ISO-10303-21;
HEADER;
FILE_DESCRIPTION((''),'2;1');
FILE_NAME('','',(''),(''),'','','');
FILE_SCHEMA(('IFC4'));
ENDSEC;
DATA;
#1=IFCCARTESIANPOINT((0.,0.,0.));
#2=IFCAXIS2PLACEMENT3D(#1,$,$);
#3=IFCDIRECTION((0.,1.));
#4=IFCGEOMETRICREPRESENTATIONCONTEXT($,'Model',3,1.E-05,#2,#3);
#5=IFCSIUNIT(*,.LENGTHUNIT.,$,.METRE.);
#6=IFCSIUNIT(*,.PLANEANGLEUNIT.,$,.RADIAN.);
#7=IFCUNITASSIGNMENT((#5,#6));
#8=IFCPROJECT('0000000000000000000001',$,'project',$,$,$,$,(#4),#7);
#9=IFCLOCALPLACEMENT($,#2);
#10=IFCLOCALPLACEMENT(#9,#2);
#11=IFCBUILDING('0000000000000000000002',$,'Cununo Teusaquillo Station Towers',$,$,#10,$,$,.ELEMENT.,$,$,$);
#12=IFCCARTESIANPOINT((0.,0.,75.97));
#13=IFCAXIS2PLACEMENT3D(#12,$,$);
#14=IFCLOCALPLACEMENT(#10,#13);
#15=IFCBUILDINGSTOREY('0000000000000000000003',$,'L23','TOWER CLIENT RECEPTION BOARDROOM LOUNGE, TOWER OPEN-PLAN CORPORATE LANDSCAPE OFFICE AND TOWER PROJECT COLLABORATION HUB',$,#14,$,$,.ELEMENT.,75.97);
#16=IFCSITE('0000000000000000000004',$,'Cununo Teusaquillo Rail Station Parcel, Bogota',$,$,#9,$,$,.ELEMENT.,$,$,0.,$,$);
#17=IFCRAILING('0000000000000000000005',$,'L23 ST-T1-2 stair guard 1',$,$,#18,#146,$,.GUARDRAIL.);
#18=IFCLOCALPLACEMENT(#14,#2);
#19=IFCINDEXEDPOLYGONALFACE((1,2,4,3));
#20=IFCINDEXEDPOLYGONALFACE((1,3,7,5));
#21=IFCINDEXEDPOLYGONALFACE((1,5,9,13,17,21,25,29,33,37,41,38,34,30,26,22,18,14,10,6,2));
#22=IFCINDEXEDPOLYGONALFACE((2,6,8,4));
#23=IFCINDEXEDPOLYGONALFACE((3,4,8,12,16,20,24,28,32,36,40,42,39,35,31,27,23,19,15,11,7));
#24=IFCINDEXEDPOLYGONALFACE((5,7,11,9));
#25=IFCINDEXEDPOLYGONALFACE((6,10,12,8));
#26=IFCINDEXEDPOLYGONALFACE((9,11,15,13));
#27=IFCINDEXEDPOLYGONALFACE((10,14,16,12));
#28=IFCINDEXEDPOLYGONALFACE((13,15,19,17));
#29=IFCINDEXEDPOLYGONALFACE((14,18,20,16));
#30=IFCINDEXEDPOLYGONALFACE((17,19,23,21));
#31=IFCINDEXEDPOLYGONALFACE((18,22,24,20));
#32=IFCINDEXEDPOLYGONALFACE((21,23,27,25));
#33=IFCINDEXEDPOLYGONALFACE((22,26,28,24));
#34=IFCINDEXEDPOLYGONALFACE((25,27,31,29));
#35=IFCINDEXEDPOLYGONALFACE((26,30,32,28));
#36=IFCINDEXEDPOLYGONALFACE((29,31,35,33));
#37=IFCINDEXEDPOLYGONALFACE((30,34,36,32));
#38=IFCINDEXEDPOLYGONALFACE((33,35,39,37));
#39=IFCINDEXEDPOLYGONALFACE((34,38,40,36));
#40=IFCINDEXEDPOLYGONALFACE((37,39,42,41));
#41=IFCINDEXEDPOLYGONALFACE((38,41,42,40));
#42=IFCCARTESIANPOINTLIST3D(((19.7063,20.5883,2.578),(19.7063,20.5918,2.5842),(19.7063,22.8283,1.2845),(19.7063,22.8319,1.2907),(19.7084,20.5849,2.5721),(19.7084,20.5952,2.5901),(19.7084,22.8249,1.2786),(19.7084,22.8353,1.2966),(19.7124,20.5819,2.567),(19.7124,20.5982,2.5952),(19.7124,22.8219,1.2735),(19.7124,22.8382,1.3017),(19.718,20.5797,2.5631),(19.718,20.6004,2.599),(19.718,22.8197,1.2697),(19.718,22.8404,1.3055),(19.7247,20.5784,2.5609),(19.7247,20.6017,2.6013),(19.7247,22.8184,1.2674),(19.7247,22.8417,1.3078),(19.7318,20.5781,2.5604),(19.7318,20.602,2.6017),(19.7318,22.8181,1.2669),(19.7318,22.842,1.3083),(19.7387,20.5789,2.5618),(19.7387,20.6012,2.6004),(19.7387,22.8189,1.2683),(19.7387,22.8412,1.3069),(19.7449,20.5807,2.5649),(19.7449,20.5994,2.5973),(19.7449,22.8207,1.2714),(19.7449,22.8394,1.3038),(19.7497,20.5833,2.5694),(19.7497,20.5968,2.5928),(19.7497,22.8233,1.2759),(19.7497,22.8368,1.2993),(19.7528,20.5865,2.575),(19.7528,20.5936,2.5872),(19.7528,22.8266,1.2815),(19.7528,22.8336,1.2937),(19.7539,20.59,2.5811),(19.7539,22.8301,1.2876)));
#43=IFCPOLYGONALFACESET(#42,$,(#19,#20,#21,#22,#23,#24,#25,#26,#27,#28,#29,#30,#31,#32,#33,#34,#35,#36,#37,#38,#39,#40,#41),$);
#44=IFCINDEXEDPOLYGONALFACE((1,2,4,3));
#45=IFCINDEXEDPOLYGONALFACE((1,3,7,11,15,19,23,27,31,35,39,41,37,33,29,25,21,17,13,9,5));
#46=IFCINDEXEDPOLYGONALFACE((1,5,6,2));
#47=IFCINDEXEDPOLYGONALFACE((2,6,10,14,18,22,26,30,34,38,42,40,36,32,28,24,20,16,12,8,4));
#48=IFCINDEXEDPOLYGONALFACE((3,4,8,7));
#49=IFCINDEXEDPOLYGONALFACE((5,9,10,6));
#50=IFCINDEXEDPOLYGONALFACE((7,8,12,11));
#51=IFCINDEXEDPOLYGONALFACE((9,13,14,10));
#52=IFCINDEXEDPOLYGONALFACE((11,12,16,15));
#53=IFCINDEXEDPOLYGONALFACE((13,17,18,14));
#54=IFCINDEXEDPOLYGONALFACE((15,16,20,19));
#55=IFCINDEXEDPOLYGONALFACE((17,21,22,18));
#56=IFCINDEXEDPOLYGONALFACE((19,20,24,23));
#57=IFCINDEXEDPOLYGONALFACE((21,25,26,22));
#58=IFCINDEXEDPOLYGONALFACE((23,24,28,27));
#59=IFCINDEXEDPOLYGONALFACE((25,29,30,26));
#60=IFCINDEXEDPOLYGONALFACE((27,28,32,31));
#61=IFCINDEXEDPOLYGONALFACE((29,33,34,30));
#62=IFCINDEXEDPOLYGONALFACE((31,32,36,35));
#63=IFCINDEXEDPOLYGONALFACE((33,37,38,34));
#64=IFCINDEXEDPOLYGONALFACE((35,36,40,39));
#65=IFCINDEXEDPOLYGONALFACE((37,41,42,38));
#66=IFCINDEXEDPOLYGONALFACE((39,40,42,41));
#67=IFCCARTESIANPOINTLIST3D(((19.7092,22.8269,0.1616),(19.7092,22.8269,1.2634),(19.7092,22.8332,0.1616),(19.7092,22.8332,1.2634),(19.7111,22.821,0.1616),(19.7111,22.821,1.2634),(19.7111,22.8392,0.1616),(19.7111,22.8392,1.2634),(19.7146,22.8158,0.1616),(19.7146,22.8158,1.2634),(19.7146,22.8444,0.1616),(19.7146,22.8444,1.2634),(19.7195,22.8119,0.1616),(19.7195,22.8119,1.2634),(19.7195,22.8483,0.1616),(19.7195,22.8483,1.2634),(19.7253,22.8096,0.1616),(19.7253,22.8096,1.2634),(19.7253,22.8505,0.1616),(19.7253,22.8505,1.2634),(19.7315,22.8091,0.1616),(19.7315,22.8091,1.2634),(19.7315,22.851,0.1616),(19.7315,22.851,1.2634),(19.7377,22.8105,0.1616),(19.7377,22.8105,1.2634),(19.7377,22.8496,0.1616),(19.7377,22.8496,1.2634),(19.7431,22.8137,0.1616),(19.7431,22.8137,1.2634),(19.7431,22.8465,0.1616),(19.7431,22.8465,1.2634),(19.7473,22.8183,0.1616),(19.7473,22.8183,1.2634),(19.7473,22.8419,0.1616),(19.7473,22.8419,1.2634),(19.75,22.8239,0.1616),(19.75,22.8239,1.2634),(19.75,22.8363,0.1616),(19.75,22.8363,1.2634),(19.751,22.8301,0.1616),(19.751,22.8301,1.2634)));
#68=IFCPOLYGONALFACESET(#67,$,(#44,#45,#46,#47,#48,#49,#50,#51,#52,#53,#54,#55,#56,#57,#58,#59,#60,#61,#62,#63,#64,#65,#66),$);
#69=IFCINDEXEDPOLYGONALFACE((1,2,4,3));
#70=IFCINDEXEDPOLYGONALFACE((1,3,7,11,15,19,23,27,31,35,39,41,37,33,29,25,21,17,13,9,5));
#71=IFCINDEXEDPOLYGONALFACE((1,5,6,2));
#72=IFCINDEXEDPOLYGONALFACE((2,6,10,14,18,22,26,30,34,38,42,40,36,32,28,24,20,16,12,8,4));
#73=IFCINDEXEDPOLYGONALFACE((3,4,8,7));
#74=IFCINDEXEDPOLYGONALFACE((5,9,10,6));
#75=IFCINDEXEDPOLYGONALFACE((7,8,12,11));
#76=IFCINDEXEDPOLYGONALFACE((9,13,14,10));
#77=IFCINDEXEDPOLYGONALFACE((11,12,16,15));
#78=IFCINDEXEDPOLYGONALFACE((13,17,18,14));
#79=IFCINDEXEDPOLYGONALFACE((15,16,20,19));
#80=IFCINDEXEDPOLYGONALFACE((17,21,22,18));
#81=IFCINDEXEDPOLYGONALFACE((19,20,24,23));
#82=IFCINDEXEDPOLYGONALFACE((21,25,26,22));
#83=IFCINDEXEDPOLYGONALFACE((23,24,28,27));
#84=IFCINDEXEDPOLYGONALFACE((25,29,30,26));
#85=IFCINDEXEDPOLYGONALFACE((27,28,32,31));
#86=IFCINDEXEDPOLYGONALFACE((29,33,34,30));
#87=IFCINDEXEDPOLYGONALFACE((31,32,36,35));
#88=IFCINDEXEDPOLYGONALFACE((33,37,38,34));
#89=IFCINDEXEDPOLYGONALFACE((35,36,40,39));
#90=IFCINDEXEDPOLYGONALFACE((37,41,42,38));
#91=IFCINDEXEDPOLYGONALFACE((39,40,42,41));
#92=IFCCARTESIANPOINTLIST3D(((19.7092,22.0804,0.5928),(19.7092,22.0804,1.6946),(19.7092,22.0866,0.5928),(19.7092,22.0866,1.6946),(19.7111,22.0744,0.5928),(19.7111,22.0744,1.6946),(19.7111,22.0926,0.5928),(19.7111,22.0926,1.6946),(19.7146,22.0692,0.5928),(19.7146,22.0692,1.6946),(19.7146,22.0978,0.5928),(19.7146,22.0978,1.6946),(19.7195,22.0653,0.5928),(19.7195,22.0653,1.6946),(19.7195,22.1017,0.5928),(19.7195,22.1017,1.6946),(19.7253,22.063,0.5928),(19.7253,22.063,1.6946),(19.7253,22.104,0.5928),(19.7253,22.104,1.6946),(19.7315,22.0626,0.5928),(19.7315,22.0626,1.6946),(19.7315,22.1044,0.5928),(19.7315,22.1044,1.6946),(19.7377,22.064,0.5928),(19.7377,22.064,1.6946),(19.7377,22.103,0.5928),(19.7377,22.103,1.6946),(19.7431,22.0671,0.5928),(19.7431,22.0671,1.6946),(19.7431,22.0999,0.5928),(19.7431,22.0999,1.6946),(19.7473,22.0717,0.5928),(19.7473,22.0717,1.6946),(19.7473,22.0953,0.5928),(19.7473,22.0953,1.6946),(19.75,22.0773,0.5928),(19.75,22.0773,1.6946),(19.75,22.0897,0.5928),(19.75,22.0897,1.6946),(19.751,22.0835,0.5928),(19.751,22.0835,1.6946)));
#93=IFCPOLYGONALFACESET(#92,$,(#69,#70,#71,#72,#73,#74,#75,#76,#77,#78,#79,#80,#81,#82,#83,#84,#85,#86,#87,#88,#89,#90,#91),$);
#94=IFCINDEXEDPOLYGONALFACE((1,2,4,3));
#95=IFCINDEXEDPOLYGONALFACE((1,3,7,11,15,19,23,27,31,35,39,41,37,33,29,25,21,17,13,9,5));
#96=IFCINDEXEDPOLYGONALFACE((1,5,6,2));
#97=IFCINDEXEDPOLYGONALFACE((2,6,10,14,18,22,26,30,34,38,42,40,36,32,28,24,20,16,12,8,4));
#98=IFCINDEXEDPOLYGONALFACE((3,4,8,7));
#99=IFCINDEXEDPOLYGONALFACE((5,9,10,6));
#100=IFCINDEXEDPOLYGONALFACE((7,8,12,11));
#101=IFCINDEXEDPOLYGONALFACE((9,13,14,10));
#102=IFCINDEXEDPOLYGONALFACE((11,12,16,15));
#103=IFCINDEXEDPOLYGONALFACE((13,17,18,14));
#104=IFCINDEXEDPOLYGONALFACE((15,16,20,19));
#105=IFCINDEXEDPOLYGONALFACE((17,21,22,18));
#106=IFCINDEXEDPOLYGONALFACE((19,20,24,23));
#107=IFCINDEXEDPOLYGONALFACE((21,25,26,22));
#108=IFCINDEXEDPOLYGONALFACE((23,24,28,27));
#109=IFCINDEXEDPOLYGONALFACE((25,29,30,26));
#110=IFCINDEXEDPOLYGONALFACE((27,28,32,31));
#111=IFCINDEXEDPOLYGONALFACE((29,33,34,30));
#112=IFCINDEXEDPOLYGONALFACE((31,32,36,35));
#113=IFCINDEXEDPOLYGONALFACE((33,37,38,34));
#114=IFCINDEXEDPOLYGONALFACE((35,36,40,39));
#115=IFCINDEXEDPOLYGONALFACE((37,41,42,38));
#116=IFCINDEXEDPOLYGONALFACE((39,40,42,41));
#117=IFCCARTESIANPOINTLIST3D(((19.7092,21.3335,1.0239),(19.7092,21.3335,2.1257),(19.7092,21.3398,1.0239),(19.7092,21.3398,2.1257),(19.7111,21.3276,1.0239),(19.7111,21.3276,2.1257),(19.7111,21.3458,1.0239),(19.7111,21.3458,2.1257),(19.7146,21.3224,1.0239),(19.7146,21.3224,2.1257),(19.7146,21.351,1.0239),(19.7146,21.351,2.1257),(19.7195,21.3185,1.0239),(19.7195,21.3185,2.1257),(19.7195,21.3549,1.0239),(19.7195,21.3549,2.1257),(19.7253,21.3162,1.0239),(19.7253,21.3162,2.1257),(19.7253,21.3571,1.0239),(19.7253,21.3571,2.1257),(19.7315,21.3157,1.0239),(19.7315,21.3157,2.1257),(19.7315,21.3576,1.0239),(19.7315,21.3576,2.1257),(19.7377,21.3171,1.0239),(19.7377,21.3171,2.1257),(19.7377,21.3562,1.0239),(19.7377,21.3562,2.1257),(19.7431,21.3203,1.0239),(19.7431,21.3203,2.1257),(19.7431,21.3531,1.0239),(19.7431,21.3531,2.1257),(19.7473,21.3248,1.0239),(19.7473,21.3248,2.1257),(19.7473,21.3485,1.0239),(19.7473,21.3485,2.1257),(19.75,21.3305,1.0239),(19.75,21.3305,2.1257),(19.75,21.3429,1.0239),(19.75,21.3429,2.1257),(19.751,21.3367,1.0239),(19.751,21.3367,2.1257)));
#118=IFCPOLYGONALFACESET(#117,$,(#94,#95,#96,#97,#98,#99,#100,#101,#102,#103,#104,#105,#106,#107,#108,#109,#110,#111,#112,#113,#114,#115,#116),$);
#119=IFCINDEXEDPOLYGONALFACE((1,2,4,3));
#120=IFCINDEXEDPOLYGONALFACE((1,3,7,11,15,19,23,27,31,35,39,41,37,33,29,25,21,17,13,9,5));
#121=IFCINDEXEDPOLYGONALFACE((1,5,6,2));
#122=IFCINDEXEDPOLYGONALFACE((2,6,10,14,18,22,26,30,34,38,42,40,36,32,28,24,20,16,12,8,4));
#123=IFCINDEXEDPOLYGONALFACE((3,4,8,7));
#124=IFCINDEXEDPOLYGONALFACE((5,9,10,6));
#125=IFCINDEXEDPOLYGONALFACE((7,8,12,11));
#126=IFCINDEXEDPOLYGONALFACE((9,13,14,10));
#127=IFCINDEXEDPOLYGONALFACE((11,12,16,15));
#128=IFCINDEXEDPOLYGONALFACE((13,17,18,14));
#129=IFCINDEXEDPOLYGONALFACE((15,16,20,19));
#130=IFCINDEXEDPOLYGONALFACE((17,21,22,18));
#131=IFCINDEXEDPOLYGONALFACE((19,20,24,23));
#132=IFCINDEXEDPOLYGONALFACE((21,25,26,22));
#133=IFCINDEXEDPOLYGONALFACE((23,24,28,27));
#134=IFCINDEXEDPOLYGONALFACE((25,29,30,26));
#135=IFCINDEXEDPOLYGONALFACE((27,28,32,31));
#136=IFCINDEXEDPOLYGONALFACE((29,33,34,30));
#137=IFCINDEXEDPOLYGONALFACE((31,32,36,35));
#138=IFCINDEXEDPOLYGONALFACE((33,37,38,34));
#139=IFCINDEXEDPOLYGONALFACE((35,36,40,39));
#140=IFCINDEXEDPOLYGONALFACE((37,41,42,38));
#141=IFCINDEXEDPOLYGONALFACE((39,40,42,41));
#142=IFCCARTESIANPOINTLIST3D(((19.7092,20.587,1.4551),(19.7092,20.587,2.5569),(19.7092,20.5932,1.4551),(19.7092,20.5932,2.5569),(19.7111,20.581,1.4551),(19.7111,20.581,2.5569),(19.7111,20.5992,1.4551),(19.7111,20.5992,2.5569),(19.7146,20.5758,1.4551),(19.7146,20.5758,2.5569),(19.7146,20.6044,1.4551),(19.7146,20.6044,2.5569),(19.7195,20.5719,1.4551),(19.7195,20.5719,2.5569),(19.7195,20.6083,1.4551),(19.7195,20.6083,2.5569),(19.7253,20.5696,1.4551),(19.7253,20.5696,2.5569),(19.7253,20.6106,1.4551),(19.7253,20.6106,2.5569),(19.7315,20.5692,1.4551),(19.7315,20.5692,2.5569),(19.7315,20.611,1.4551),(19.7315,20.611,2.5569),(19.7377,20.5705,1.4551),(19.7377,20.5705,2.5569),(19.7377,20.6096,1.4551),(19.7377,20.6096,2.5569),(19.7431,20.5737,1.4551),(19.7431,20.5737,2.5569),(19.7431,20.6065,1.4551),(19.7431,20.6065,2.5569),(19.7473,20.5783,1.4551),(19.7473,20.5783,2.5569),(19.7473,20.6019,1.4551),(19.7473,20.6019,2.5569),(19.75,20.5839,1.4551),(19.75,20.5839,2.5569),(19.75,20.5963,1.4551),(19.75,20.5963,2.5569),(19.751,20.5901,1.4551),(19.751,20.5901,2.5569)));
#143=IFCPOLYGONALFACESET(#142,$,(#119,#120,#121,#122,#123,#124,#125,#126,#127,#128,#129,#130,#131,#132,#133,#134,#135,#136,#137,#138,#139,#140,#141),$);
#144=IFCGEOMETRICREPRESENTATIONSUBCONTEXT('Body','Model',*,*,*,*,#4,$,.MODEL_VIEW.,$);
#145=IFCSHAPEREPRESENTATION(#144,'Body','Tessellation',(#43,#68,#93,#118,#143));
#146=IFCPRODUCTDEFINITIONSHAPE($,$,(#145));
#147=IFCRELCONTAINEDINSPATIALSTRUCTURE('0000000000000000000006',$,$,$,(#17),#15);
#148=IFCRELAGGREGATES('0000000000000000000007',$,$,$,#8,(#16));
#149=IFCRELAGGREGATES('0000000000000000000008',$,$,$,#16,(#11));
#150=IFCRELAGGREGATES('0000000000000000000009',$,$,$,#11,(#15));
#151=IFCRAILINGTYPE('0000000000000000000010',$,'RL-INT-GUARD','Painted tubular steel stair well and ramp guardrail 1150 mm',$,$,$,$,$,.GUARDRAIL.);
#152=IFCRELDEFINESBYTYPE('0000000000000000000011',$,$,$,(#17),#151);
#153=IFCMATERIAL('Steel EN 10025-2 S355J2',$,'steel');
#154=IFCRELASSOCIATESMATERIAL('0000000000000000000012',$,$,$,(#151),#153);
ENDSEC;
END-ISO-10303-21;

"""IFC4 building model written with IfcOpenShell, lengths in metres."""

from ifc_helpers import new_model, si_unit, direction, frame, origin, origin_2d, place, context, subcontext, project, spatial, circle, extrude, material, type_object, element, save


model = new_model("IFC4")

# Units and contexts
model_context = context("Model", 3, precision=1e-05, world=origin(), true_north=direction((0.0, 1.0)))
body_context = subcontext(model_context, "Body", "Model", "MODEL_VIEW")
ifc_project = project(units=[si_unit("LENGTHUNIT", "METRE"), si_unit("PLANEANGLEUNIT", "RADIAN")], contexts=[model_context])

# Site, building, storey
site_placement = place(None, origin())
site = spatial("IfcSite", under=ifc_project, at=site_placement, Name="Cununo Teusaquillo Rail Station Parcel, Bogota", CompositionType="ELEMENT", RefElevation=0.0)
building_placement = place(site_placement, origin())
building = spatial("IfcBuilding", under=site, at=building_placement, Name="Cununo Teusaquillo Station Towers", CompositionType="ELEMENT")
storey_placement = place(building_placement, frame((0.0, 0.0, 75.97)))
storey = spatial("IfcBuildingStorey", under=building, at=storey_placement, Name="L23", Description="TOWER CLIENT RECEPTION BOARDROOM LOUNGE, TOWER OPEN-PLAN CORPORATE LANDSCAPE OFFICE AND TOWER PROJECT COLLABORATION HUB", CompositionType="ELEMENT", Elevation=75.97)

# Railing
ifc_material_1 = material(Name="Steel EN 10025-2 S355J2", Category="steel")
railing_type_1 = type_object("IfcRailingType", Name="RL-INT-GUARD", Description="Painted tubular steel stair well and ramp guardrail 1150 mm", PredefinedType="GUARDRAIL", material=ifc_material_1)
railing_1_placement = place(storey_placement, frame((19.73, 22.8301, 0.1616)))
element("IfcRailing", 1, at=railing_1_placement, inside=storey, type_object=railing_type_1, Name="L23 ST-T1-2 stair guard 1", PredefinedType="GUARDRAIL", context=body_context, shape_type="SweptSolid", body=[
    extrude(circle(Radius=0.0239, at=origin_2d()), frame((0.0, 0.0, 1.126), z_axis=(0.0, -0.865992, 0.500057), x_axis=(1.0, 0.0, 0.0)), (0.0, 0.0, 1.0), 2.5867),
    extrude(circle(Radius=0.021, at=origin_2d()), origin(), (0.0, 0.0, 1.0), 1.1018),
    extrude(circle(Radius=0.021, at=origin_2d()), frame((0.0, -0.7466, 0.4312)), (0.0, 0.0, 1.0), 1.1018),
    extrude(circle(Radius=0.021, at=origin_2d()), frame((0.0, -1.4934, 0.8623)), (0.0, 0.0, 1.0), 1.1018),
    extrude(circle(Radius=0.021, at=origin_2d()), frame((0.0, -2.24, 1.2935)), (0.0, 0.0, 1.0), 1.1018),
])

save(model, "model.ifc")
